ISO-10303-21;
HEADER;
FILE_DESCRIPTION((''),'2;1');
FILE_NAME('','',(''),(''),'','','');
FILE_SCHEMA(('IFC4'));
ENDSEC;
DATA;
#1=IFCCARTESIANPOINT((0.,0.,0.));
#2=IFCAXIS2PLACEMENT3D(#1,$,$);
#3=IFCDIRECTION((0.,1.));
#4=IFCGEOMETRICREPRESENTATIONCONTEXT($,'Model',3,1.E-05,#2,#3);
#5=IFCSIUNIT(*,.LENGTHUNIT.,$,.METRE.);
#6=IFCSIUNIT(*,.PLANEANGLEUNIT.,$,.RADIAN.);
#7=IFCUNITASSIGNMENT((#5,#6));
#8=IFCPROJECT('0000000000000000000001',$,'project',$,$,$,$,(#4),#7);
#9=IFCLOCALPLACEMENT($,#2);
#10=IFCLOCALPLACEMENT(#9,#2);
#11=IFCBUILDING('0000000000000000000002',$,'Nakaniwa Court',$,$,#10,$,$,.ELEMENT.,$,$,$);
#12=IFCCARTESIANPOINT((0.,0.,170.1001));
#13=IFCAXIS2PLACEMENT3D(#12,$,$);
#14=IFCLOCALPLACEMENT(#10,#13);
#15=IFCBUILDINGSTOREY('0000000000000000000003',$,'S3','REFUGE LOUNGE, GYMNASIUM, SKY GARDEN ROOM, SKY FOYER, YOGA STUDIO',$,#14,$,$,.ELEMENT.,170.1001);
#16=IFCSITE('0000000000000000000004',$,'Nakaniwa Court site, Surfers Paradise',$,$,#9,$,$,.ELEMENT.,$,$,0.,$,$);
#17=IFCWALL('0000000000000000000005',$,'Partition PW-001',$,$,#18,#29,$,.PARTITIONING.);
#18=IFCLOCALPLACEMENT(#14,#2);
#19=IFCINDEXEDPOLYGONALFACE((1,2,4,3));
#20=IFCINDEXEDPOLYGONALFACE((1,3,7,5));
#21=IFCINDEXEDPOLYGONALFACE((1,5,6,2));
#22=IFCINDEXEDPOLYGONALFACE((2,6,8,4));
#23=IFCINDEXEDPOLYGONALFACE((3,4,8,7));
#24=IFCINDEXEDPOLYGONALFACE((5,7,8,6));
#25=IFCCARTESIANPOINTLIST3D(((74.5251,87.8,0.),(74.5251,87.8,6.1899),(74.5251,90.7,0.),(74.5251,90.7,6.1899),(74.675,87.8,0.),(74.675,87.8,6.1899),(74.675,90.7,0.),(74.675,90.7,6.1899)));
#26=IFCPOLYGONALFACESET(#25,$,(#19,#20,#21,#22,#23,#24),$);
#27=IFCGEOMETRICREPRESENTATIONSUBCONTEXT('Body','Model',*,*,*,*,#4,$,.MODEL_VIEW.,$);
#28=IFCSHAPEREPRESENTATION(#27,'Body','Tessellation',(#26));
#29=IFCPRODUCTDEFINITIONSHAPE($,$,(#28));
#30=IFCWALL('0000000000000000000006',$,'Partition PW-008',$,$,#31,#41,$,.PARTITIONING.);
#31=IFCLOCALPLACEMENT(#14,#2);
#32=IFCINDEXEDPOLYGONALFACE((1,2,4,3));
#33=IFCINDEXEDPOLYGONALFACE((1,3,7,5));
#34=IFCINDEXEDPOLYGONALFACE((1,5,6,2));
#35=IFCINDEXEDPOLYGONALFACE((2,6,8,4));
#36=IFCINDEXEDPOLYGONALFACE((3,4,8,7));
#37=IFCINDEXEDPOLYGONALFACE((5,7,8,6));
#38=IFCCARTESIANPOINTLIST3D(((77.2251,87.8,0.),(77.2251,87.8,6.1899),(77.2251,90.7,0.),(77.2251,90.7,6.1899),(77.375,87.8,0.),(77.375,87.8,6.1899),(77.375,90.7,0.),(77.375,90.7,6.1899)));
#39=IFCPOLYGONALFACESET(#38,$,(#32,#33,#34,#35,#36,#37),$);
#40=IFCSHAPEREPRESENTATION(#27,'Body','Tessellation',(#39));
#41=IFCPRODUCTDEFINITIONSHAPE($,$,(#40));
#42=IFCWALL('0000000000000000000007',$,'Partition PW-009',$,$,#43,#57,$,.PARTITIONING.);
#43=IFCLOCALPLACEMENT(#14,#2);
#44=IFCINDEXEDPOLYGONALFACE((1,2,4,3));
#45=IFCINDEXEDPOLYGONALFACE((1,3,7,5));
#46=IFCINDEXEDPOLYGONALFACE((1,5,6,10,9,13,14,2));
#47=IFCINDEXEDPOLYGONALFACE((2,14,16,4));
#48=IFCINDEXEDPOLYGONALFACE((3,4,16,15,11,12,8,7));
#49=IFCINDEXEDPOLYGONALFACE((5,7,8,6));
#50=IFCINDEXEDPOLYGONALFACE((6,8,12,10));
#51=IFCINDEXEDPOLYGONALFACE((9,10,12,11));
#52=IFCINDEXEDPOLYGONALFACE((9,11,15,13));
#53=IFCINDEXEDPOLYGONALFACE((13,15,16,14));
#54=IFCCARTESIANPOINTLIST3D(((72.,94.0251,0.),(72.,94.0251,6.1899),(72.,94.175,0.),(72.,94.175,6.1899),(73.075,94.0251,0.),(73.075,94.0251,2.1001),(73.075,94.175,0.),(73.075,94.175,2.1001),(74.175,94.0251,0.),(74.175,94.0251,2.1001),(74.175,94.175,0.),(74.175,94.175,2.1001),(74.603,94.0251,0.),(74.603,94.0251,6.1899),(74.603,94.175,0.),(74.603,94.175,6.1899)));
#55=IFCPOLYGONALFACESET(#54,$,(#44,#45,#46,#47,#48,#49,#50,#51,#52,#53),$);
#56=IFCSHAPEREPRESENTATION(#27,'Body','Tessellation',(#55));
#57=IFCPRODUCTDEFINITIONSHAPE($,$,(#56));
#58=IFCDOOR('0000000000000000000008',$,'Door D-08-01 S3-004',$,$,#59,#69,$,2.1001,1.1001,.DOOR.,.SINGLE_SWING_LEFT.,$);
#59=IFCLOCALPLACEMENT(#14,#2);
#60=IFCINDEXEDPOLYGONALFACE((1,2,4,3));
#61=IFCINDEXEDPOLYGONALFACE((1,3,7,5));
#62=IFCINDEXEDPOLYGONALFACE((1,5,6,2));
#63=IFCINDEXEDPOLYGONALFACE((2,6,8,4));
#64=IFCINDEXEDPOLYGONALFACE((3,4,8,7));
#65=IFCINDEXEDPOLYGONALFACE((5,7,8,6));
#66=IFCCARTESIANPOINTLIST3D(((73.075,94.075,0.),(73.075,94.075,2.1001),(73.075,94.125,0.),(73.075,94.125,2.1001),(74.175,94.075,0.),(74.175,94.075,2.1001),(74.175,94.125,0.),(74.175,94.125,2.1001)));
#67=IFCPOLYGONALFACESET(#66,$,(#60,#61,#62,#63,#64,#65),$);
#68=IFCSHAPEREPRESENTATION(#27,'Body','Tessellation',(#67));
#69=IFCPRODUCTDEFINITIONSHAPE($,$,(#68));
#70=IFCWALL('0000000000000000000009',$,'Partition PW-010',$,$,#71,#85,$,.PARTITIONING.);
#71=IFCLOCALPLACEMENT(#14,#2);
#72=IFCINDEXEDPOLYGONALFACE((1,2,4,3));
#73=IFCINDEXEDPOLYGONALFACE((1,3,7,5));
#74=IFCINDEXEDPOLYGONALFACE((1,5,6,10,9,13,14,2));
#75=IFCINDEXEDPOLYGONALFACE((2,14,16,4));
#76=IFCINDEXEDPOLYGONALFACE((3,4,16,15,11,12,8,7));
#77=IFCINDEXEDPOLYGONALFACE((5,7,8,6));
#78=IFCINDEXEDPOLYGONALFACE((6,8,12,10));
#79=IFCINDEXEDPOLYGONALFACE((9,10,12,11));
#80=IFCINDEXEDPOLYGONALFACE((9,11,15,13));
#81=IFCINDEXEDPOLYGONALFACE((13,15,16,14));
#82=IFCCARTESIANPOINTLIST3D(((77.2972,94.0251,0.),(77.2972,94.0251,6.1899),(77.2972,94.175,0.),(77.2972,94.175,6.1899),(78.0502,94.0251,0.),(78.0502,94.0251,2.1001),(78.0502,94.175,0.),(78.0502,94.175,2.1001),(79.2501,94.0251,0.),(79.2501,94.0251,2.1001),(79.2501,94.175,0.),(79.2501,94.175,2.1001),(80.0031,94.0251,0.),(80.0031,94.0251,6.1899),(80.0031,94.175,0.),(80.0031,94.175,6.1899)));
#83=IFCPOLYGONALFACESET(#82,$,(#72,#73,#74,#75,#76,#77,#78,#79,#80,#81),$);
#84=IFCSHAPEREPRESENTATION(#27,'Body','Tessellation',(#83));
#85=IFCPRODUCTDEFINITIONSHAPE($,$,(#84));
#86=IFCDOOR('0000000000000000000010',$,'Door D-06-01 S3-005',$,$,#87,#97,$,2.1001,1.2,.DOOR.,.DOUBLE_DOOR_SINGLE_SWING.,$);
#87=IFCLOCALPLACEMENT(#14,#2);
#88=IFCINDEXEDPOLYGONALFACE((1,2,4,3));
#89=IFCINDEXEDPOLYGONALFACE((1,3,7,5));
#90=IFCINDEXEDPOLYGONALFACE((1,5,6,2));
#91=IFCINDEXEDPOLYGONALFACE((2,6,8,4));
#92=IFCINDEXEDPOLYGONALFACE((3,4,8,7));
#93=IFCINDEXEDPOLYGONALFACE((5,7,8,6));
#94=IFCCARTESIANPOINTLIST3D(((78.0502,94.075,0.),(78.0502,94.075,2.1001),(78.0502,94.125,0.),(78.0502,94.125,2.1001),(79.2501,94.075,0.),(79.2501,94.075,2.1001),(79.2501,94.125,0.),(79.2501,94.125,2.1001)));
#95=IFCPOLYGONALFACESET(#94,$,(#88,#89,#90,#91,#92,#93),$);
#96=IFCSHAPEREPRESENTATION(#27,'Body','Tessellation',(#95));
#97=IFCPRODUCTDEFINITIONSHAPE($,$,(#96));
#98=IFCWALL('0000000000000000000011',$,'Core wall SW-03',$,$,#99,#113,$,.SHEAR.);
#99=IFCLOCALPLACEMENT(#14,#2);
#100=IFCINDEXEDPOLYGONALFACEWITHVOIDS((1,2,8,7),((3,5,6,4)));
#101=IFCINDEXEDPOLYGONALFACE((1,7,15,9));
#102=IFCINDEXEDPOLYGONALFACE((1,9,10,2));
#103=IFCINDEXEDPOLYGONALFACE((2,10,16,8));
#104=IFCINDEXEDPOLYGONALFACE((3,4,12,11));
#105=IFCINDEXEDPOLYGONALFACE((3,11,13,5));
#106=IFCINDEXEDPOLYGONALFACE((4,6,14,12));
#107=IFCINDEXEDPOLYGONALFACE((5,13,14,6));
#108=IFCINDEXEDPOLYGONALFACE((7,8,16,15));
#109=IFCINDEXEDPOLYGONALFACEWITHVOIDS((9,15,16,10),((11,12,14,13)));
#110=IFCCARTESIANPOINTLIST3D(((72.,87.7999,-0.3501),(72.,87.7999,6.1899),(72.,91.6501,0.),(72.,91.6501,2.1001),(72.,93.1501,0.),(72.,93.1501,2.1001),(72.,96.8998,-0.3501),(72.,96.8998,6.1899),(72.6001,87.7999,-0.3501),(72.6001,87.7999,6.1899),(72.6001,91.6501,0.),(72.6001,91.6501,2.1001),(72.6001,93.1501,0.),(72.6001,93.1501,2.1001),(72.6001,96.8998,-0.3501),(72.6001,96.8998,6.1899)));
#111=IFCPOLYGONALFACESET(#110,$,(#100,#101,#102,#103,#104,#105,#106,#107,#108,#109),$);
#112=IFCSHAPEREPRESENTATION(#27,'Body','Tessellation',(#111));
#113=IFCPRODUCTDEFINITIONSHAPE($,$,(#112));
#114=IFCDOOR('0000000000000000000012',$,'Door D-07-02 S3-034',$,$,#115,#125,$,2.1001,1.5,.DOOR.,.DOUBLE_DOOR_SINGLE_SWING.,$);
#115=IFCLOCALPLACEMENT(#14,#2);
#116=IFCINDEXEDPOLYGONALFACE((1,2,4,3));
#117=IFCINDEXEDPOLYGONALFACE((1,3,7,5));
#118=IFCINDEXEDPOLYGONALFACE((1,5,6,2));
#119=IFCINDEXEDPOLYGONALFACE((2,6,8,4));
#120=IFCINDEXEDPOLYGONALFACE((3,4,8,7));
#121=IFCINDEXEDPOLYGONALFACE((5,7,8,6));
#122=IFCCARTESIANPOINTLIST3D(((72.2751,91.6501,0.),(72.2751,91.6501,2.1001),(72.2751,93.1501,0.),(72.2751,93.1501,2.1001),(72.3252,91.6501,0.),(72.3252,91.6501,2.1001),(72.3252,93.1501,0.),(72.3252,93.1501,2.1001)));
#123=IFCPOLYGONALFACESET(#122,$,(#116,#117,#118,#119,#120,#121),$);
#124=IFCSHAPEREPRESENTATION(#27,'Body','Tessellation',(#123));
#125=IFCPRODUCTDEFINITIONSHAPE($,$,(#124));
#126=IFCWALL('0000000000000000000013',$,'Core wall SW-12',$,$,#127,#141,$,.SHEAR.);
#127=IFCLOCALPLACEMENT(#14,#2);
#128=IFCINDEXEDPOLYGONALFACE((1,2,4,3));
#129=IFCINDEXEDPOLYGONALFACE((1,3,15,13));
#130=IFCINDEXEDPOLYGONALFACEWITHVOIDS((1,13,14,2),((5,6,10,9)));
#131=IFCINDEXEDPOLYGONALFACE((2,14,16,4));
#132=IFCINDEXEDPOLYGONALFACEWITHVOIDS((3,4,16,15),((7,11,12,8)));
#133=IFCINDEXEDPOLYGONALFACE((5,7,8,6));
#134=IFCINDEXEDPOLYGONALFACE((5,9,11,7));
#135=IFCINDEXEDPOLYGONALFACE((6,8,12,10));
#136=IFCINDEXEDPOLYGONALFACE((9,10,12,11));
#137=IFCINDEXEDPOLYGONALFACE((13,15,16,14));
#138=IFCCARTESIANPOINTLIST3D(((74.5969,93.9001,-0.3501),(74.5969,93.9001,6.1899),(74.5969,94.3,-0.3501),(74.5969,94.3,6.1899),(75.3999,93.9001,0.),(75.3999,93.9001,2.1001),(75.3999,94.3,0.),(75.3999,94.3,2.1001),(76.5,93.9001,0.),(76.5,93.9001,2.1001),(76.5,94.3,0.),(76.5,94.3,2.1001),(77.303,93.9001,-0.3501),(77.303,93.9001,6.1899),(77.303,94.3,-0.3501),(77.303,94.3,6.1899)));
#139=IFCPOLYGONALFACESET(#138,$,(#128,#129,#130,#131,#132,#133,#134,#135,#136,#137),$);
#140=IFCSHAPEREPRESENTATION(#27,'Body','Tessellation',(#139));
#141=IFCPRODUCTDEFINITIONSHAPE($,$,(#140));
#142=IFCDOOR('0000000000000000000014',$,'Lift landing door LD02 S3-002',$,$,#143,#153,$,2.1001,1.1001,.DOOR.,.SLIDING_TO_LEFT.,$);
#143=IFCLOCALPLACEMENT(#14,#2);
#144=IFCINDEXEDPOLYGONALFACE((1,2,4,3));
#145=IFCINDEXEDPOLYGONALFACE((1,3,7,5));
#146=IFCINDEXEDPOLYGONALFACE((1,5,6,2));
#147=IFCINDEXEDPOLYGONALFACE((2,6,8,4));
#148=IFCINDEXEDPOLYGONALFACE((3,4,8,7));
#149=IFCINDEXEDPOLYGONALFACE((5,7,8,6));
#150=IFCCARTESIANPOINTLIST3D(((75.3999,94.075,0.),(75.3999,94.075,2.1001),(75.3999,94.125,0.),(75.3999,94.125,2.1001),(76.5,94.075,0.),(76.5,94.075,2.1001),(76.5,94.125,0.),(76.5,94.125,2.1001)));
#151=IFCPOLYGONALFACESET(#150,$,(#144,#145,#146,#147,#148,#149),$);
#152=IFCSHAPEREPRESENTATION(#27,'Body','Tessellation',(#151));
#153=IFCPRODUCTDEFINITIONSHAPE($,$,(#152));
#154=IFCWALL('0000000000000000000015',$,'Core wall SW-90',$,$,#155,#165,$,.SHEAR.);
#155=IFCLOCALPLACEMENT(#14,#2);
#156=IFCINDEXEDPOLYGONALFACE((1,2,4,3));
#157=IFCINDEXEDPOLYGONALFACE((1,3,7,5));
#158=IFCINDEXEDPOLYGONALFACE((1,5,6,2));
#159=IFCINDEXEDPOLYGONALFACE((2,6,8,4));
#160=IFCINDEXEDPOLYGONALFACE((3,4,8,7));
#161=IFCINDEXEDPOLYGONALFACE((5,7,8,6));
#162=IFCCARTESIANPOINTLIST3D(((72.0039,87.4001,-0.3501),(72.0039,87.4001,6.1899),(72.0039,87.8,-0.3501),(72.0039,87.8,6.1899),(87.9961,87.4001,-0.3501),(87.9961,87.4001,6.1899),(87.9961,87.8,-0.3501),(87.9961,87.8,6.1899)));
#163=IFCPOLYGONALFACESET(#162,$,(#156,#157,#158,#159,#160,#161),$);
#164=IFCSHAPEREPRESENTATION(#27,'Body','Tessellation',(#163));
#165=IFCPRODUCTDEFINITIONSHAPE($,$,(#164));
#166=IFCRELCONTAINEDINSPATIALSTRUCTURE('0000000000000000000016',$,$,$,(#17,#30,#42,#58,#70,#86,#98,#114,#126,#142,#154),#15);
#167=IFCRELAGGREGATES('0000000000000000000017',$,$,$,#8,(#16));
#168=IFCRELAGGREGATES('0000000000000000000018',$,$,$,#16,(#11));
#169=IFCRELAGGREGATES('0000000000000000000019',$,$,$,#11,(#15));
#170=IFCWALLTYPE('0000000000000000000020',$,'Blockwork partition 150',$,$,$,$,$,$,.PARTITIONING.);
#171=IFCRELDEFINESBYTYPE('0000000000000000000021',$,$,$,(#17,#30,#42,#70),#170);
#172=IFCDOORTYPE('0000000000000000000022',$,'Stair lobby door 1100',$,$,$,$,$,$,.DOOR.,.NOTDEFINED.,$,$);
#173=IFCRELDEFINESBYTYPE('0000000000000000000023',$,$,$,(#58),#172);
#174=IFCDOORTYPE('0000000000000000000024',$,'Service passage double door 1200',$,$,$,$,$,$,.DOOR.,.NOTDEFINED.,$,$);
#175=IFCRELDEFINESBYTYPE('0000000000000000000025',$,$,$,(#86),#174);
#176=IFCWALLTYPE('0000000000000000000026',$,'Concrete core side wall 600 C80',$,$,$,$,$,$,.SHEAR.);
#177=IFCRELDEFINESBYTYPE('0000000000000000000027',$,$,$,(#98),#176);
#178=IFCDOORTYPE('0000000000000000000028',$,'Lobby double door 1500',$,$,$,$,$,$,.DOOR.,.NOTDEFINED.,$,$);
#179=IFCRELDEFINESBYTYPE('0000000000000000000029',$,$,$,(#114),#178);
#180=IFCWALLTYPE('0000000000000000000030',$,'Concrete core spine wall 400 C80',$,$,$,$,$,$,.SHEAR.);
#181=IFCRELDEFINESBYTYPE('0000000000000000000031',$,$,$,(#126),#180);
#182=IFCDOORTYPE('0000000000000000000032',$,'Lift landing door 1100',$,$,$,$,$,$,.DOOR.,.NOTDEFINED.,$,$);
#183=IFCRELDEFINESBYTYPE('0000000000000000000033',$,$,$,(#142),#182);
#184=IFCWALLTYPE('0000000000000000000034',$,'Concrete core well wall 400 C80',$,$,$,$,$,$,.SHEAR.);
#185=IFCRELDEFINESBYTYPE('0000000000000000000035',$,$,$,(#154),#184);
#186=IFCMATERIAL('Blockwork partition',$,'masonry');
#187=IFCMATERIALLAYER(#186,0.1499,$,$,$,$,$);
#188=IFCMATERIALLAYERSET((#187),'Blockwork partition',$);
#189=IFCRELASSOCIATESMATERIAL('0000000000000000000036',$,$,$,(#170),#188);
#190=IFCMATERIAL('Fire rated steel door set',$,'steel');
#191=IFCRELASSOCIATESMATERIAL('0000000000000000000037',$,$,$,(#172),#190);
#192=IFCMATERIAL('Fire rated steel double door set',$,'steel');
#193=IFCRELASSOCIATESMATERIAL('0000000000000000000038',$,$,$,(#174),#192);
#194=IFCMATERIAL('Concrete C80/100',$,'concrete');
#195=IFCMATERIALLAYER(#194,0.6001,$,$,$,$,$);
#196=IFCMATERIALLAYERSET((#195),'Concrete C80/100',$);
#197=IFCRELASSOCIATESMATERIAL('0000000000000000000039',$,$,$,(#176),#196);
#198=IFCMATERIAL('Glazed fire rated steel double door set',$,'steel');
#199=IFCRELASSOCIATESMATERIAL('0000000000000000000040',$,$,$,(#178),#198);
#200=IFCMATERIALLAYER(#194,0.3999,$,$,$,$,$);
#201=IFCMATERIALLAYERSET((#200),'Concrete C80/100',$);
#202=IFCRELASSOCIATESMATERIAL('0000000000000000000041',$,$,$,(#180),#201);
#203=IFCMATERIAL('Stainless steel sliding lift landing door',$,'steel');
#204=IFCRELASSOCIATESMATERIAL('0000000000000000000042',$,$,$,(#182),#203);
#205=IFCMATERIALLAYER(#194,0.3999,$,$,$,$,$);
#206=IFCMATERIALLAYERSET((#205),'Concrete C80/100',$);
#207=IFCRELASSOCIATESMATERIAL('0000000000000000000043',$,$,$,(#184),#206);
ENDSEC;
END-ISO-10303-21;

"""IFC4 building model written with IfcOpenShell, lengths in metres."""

from ifc_helpers import new_model, si_unit, direction, frame, frame_2d, origin, place, context, subcontext, project, spatial, rectangle, extrude, material, layer, layer_set, type_object, element, fill, save


model = new_model("IFC4")

# Units and contexts
model_context = context("Model", 3, precision=1e-05, world=origin(), true_north=direction((0.0, 1.0)))
body_context = subcontext(model_context, "Body", "Model", "MODEL_VIEW")
ifc_project = project(units=[si_unit("LENGTHUNIT", "METRE"), si_unit("PLANEANGLEUNIT", "RADIAN")], contexts=[model_context])

# Site, building, storey
site_placement = place(None, origin())
site = spatial("IfcSite", under=ifc_project, at=site_placement, Name="Nakaniwa Court site, Surfers Paradise", CompositionType="ELEMENT", RefElevation=0.0)
building_placement = place(site_placement, origin())
building = spatial("IfcBuilding", under=site, at=building_placement, Name="Nakaniwa Court", CompositionType="ELEMENT")
storey_placement = place(building_placement, frame((0.0, 0.0, 170.1001)))
storey = spatial("IfcBuildingStorey", under=building, at=storey_placement, Name="S3", Description="REFUGE LOUNGE, GYMNASIUM, SKY GARDEN ROOM, SKY FOYER, YOGA STUDIO", CompositionType="ELEMENT", Elevation=170.1001)

# Shared definitions
ifc_material_1 = material(Name="Concrete C80/100", Category="concrete")

# Walls
ifc_material_2 = material(Name="Blockwork partition", Category="masonry")
ifc_layer_1 = layer(ifc_material_2, 0.1499)
ifc_layer_set_1 = layer_set([ifc_layer_1], Name="Blockwork partition")
wall_type_1 = type_object("IfcWallType", Name="Blockwork partition 150", PredefinedType="PARTITIONING", material=ifc_layer_set_1)
for number, where, z_axis, x_axis, name in (
    (1, (74.6001, 87.8, 0.0), (0.0, 0.0, 1.0), (0.0, 1.0, 0.0), "Partition PW-001"),
    (2, (77.3, 87.8, 0.0), (0.0, 0.0, 1.0), (0.0, 1.0, 0.0), "Partition PW-008"),
):
    element("IfcWall", number, at=place(storey_placement, frame(where, z_axis=z_axis, x_axis=x_axis)), inside=storey, type_object=wall_type_1, Name=name, PredefinedType="PARTITIONING", context=body_context, shape_type="SweptSolid", body=[
        extrude(rectangle(XDim=2.8999, YDim=0.1499, at=frame_2d((1.45, 0.0))), origin(), (0.0, 0.0, 1.0), 6.1899),
    ])

# Walls, openings, doors
wall_1_placement = place(storey_placement, frame((72.0, 94.1001, 0.0), z_axis=(0.0, 0.0, 1.0), x_axis=(1.0, 0.0, 0.0)))
wall_1 = element("IfcWall", 3, at=wall_1_placement, inside=storey, type_object=wall_type_1, Name="Partition PW-009", PredefinedType="PARTITIONING", context=body_context, shape_type="SweptSolid", body=[
    extrude(rectangle(XDim=2.603, YDim=0.1499, at=frame_2d((1.3015, 0.0))), origin(), (0.0, 0.0, 1.0), 6.1899),
])
opening_1_placement = place(wall_1_placement, frame((1.075, 0.0, 0.0)))
opening_1 = element("IfcOpeningElement", 4, at=opening_1_placement, cuts=wall_1, PredefinedType="OPENING", context=body_context, shape_type="SweptSolid", body=[
    extrude(rectangle(XDim=1.1001, YDim=2.1001, at=frame_2d((0.55, 1.05))), frame((0.0, 0.085, 0.0), z_axis=(0.0, -1.0, 0.0), x_axis=(1.0, 0.0, 0.0)), (0.0, 0.0, 1.0), 0.1699),
])
ifc_material_3 = material(Name="Fire rated steel door set", Category="steel")
door_type_1 = type_object("IfcDoorType", Name="Stair lobby door 1100", OperationType="NOTDEFINED", PredefinedType="DOOR", material=ifc_material_3)
door_1_placement = place(opening_1_placement, origin())
door_1 = element("IfcDoor", 5, at=door_1_placement, inside=storey, type_object=door_type_1, Name="Door D-08-01 S3-004", OperationType="SINGLE_SWING_LEFT", OverallHeight=2.1001, OverallWidth=1.1001, PredefinedType="DOOR", context=body_context, shape_type="SweptSolid", body=[
    extrude(rectangle(XDim=1.1001, YDim=2.1001, at=frame_2d((0.55, 1.05))), frame((0.0, 0.0249, 0.0), z_axis=(0.0, -1.0, 0.0), x_axis=(1.0, 0.0, 0.0)), (0.0, 0.0, 1.0), 0.05),
])
fill(opening_1, door_1)
wall_2_placement = place(storey_placement, frame((77.2971, 94.1001, 0.0), z_axis=(0.0, 0.0, 1.0), x_axis=(1.0, 0.0, 0.0)))
wall_2 = element("IfcWall", 6, at=wall_2_placement, inside=storey, type_object=wall_type_1, Name="Partition PW-010", PredefinedType="PARTITIONING", context=body_context, shape_type="SweptSolid", body=[
    extrude(rectangle(XDim=2.7058, YDim=0.1499, at=frame_2d((1.353, 0.0))), origin(), (0.0, 0.0, 1.0), 6.1899),
])
opening_2_placement = place(wall_2_placement, frame((0.7529, 0.0, 0.0)))
opening_2 = element("IfcOpeningElement", 7, at=opening_2_placement, cuts=wall_2, PredefinedType="OPENING", context=body_context, shape_type="SweptSolid", body=[
    extrude(rectangle(XDim=1.2, YDim=2.1001, at=frame_2d((0.6001, 1.05))), frame((0.0, 0.085, 0.0), z_axis=(0.0, -1.0, 0.0), x_axis=(1.0, 0.0, 0.0)), (0.0, 0.0, 1.0), 0.1699),
])
ifc_material_4 = material(Name="Fire rated steel double door set", Category="steel")
door_type_2 = type_object("IfcDoorType", Name="Service passage double door 1200", OperationType="NOTDEFINED", PredefinedType="DOOR", material=ifc_material_4)
door_2_placement = place(opening_2_placement, origin())
door_2 = element("IfcDoor", 8, at=door_2_placement, inside=storey, type_object=door_type_2, Name="Door D-06-01 S3-005", OperationType="DOUBLE_DOOR_SINGLE_SWING", OverallHeight=2.1001, OverallWidth=1.2, PredefinedType="DOOR", context=body_context, shape_type="SweptSolid", body=[
    extrude(rectangle(XDim=1.2, YDim=2.1001, at=frame_2d((0.6001, 1.05))), frame((0.0, 0.0249, 0.0), z_axis=(0.0, -1.0, 0.0), x_axis=(1.0, 0.0, 0.0)), (0.0, 0.0, 1.0), 0.05),
])
fill(opening_2, door_2)
ifc_layer_2 = layer(ifc_material_1, 0.6001)
ifc_layer_set_2 = layer_set([ifc_layer_2], Name="Concrete C80/100")
wall_type_2 = type_object("IfcWallType", Name="Concrete core side wall 600 C80", PredefinedType="SHEAR", material=ifc_layer_set_2)
wall_3_placement = place(storey_placement, frame((72.3, 87.8, -0.3501), z_axis=(0.0, 0.0, 1.0), x_axis=(0.0, 1.0, 0.0)))
wall_3 = element("IfcWall", 9, at=wall_3_placement, inside=storey, type_object=wall_type_2, Name="Core wall SW-03", PredefinedType="SHEAR", context=body_context, shape_type="SweptSolid", body=[
    extrude(rectangle(XDim=9.0999, YDim=0.6001, at=frame_2d((4.5498, 0.0))), origin(), (0.0, 0.0, 1.0), 6.54),
])
opening_3_placement = place(wall_3_placement, frame((3.8501, 0.0, 0.3501)))
opening_3 = element("IfcOpeningElement", 10, at=opening_3_placement, cuts=wall_3, PredefinedType="OPENING", context=body_context, shape_type="SweptSolid", body=[
    extrude(rectangle(XDim=1.5, YDim=2.1001, at=frame_2d((0.75, 1.05))), frame((0.0, 0.3101, 0.0), z_axis=(0.0, -1.0, 0.0), x_axis=(1.0, 0.0, 0.0)), (0.0, 0.0, 1.0), 0.6201),
])
ifc_material_5 = material(Name="Glazed fire rated steel double door set", Category="steel")
door_type_3 = type_object("IfcDoorType", Name="Lobby double door 1500", OperationType="NOTDEFINED", PredefinedType="DOOR", material=ifc_material_5)
door_3_placement = place(opening_3_placement, origin())
door_3 = element("IfcDoor", 11, at=door_3_placement, inside=storey, type_object=door_type_3, Name="Door D-07-02 S3-034", OperationType="DOUBLE_DOOR_SINGLE_SWING", OverallHeight=2.1001, OverallWidth=1.5, PredefinedType="DOOR", context=body_context, shape_type="SweptSolid", body=[
    extrude(rectangle(XDim=1.5, YDim=2.1001, at=frame_2d((0.75, 1.05))), frame((0.0, 0.0249, 0.0), z_axis=(0.0, -1.0, 0.0), x_axis=(1.0, 0.0, 0.0)), (0.0, 0.0, 1.0), 0.05),
])
fill(opening_3, door_3)
ifc_layer_3 = layer(ifc_material_1, 0.3999)
ifc_layer_set_3 = layer_set([ifc_layer_3], Name="Concrete C80/100")
wall_type_3 = type_object("IfcWallType", Name="Concrete core spine wall 400 C80", PredefinedType="SHEAR", material=ifc_layer_set_3)
wall_4_placement = place(storey_placement, frame((74.5969, 94.1001, -0.3501), z_axis=(0.0, 0.0, 1.0), x_axis=(1.0, 0.0, 0.0)))
wall_4 = element("IfcWall", 12, at=wall_4_placement, inside=storey, type_object=wall_type_3, Name="Core wall SW-12", PredefinedType="SHEAR", context=body_context, shape_type="SweptSolid", body=[
    extrude(rectangle(XDim=2.7061, YDim=0.3999, at=frame_2d((1.353, 0.0))), origin(), (0.0, 0.0, 1.0), 6.54),
])
opening_4_placement = place(wall_4_placement, frame((0.803, 0.0, 0.3501)))
opening_4 = element("IfcOpeningElement", 13, at=opening_4_placement, cuts=wall_4, PredefinedType="OPENING", context=body_context, shape_type="SweptSolid", body=[
    extrude(rectangle(XDim=1.1001, YDim=2.1001, at=frame_2d((0.55, 1.05))), frame((0.0, 0.21, 0.0), z_axis=(0.0, -1.0, 0.0), x_axis=(1.0, 0.0, 0.0)), (0.0, 0.0, 1.0), 0.4199),
])
ifc_material_6 = material(Name="Stainless steel sliding lift landing door", Category="steel")
door_type_4 = type_object("IfcDoorType", Name="Lift landing door 1100", OperationType="NOTDEFINED", PredefinedType="DOOR", material=ifc_material_6)
door_4_placement = place(opening_4_placement, origin())
door_4 = element("IfcDoor", 14, at=door_4_placement, inside=storey, type_object=door_type_4, Name="Lift landing door LD02 S3-002", OperationType="SLIDING_TO_LEFT", OverallHeight=2.1001, OverallWidth=1.1001, PredefinedType="DOOR", context=body_context, shape_type="SweptSolid", body=[
    extrude(rectangle(XDim=1.1001, YDim=2.1001, at=frame_2d((0.55, 1.05))), frame((0.0, 0.0249, 0.0), z_axis=(0.0, -1.0, 0.0), x_axis=(1.0, 0.0, 0.0)), (0.0, 0.0, 1.0), 0.05),
])
fill(opening_4, door_4)

# Wall
ifc_layer_4 = layer(ifc_material_1, 0.3999)
ifc_layer_set_4 = layer_set([ifc_layer_4], Name="Concrete C80/100")
wall_type_4 = type_object("IfcWallType", Name="Concrete core well wall 400 C80", PredefinedType="SHEAR", material=ifc_layer_set_4)
wall_5_placement = place(storey_placement, frame((72.0039, 87.6001, -0.3501), z_axis=(0.0, 0.0, 1.0), x_axis=(1.0, 0.0, 0.0)))
element("IfcWall", 15, at=wall_5_placement, inside=storey, type_object=wall_type_4, Name="Core wall SW-90", PredefinedType="SHEAR", context=body_context, shape_type="SweptSolid", body=[
    extrude(rectangle(XDim=15.9922, YDim=0.3999, at=frame_2d((7.9961, 0.0))), origin(), (0.0, 0.0, 1.0), 6.54),
])

save(model, "model.ifc")
